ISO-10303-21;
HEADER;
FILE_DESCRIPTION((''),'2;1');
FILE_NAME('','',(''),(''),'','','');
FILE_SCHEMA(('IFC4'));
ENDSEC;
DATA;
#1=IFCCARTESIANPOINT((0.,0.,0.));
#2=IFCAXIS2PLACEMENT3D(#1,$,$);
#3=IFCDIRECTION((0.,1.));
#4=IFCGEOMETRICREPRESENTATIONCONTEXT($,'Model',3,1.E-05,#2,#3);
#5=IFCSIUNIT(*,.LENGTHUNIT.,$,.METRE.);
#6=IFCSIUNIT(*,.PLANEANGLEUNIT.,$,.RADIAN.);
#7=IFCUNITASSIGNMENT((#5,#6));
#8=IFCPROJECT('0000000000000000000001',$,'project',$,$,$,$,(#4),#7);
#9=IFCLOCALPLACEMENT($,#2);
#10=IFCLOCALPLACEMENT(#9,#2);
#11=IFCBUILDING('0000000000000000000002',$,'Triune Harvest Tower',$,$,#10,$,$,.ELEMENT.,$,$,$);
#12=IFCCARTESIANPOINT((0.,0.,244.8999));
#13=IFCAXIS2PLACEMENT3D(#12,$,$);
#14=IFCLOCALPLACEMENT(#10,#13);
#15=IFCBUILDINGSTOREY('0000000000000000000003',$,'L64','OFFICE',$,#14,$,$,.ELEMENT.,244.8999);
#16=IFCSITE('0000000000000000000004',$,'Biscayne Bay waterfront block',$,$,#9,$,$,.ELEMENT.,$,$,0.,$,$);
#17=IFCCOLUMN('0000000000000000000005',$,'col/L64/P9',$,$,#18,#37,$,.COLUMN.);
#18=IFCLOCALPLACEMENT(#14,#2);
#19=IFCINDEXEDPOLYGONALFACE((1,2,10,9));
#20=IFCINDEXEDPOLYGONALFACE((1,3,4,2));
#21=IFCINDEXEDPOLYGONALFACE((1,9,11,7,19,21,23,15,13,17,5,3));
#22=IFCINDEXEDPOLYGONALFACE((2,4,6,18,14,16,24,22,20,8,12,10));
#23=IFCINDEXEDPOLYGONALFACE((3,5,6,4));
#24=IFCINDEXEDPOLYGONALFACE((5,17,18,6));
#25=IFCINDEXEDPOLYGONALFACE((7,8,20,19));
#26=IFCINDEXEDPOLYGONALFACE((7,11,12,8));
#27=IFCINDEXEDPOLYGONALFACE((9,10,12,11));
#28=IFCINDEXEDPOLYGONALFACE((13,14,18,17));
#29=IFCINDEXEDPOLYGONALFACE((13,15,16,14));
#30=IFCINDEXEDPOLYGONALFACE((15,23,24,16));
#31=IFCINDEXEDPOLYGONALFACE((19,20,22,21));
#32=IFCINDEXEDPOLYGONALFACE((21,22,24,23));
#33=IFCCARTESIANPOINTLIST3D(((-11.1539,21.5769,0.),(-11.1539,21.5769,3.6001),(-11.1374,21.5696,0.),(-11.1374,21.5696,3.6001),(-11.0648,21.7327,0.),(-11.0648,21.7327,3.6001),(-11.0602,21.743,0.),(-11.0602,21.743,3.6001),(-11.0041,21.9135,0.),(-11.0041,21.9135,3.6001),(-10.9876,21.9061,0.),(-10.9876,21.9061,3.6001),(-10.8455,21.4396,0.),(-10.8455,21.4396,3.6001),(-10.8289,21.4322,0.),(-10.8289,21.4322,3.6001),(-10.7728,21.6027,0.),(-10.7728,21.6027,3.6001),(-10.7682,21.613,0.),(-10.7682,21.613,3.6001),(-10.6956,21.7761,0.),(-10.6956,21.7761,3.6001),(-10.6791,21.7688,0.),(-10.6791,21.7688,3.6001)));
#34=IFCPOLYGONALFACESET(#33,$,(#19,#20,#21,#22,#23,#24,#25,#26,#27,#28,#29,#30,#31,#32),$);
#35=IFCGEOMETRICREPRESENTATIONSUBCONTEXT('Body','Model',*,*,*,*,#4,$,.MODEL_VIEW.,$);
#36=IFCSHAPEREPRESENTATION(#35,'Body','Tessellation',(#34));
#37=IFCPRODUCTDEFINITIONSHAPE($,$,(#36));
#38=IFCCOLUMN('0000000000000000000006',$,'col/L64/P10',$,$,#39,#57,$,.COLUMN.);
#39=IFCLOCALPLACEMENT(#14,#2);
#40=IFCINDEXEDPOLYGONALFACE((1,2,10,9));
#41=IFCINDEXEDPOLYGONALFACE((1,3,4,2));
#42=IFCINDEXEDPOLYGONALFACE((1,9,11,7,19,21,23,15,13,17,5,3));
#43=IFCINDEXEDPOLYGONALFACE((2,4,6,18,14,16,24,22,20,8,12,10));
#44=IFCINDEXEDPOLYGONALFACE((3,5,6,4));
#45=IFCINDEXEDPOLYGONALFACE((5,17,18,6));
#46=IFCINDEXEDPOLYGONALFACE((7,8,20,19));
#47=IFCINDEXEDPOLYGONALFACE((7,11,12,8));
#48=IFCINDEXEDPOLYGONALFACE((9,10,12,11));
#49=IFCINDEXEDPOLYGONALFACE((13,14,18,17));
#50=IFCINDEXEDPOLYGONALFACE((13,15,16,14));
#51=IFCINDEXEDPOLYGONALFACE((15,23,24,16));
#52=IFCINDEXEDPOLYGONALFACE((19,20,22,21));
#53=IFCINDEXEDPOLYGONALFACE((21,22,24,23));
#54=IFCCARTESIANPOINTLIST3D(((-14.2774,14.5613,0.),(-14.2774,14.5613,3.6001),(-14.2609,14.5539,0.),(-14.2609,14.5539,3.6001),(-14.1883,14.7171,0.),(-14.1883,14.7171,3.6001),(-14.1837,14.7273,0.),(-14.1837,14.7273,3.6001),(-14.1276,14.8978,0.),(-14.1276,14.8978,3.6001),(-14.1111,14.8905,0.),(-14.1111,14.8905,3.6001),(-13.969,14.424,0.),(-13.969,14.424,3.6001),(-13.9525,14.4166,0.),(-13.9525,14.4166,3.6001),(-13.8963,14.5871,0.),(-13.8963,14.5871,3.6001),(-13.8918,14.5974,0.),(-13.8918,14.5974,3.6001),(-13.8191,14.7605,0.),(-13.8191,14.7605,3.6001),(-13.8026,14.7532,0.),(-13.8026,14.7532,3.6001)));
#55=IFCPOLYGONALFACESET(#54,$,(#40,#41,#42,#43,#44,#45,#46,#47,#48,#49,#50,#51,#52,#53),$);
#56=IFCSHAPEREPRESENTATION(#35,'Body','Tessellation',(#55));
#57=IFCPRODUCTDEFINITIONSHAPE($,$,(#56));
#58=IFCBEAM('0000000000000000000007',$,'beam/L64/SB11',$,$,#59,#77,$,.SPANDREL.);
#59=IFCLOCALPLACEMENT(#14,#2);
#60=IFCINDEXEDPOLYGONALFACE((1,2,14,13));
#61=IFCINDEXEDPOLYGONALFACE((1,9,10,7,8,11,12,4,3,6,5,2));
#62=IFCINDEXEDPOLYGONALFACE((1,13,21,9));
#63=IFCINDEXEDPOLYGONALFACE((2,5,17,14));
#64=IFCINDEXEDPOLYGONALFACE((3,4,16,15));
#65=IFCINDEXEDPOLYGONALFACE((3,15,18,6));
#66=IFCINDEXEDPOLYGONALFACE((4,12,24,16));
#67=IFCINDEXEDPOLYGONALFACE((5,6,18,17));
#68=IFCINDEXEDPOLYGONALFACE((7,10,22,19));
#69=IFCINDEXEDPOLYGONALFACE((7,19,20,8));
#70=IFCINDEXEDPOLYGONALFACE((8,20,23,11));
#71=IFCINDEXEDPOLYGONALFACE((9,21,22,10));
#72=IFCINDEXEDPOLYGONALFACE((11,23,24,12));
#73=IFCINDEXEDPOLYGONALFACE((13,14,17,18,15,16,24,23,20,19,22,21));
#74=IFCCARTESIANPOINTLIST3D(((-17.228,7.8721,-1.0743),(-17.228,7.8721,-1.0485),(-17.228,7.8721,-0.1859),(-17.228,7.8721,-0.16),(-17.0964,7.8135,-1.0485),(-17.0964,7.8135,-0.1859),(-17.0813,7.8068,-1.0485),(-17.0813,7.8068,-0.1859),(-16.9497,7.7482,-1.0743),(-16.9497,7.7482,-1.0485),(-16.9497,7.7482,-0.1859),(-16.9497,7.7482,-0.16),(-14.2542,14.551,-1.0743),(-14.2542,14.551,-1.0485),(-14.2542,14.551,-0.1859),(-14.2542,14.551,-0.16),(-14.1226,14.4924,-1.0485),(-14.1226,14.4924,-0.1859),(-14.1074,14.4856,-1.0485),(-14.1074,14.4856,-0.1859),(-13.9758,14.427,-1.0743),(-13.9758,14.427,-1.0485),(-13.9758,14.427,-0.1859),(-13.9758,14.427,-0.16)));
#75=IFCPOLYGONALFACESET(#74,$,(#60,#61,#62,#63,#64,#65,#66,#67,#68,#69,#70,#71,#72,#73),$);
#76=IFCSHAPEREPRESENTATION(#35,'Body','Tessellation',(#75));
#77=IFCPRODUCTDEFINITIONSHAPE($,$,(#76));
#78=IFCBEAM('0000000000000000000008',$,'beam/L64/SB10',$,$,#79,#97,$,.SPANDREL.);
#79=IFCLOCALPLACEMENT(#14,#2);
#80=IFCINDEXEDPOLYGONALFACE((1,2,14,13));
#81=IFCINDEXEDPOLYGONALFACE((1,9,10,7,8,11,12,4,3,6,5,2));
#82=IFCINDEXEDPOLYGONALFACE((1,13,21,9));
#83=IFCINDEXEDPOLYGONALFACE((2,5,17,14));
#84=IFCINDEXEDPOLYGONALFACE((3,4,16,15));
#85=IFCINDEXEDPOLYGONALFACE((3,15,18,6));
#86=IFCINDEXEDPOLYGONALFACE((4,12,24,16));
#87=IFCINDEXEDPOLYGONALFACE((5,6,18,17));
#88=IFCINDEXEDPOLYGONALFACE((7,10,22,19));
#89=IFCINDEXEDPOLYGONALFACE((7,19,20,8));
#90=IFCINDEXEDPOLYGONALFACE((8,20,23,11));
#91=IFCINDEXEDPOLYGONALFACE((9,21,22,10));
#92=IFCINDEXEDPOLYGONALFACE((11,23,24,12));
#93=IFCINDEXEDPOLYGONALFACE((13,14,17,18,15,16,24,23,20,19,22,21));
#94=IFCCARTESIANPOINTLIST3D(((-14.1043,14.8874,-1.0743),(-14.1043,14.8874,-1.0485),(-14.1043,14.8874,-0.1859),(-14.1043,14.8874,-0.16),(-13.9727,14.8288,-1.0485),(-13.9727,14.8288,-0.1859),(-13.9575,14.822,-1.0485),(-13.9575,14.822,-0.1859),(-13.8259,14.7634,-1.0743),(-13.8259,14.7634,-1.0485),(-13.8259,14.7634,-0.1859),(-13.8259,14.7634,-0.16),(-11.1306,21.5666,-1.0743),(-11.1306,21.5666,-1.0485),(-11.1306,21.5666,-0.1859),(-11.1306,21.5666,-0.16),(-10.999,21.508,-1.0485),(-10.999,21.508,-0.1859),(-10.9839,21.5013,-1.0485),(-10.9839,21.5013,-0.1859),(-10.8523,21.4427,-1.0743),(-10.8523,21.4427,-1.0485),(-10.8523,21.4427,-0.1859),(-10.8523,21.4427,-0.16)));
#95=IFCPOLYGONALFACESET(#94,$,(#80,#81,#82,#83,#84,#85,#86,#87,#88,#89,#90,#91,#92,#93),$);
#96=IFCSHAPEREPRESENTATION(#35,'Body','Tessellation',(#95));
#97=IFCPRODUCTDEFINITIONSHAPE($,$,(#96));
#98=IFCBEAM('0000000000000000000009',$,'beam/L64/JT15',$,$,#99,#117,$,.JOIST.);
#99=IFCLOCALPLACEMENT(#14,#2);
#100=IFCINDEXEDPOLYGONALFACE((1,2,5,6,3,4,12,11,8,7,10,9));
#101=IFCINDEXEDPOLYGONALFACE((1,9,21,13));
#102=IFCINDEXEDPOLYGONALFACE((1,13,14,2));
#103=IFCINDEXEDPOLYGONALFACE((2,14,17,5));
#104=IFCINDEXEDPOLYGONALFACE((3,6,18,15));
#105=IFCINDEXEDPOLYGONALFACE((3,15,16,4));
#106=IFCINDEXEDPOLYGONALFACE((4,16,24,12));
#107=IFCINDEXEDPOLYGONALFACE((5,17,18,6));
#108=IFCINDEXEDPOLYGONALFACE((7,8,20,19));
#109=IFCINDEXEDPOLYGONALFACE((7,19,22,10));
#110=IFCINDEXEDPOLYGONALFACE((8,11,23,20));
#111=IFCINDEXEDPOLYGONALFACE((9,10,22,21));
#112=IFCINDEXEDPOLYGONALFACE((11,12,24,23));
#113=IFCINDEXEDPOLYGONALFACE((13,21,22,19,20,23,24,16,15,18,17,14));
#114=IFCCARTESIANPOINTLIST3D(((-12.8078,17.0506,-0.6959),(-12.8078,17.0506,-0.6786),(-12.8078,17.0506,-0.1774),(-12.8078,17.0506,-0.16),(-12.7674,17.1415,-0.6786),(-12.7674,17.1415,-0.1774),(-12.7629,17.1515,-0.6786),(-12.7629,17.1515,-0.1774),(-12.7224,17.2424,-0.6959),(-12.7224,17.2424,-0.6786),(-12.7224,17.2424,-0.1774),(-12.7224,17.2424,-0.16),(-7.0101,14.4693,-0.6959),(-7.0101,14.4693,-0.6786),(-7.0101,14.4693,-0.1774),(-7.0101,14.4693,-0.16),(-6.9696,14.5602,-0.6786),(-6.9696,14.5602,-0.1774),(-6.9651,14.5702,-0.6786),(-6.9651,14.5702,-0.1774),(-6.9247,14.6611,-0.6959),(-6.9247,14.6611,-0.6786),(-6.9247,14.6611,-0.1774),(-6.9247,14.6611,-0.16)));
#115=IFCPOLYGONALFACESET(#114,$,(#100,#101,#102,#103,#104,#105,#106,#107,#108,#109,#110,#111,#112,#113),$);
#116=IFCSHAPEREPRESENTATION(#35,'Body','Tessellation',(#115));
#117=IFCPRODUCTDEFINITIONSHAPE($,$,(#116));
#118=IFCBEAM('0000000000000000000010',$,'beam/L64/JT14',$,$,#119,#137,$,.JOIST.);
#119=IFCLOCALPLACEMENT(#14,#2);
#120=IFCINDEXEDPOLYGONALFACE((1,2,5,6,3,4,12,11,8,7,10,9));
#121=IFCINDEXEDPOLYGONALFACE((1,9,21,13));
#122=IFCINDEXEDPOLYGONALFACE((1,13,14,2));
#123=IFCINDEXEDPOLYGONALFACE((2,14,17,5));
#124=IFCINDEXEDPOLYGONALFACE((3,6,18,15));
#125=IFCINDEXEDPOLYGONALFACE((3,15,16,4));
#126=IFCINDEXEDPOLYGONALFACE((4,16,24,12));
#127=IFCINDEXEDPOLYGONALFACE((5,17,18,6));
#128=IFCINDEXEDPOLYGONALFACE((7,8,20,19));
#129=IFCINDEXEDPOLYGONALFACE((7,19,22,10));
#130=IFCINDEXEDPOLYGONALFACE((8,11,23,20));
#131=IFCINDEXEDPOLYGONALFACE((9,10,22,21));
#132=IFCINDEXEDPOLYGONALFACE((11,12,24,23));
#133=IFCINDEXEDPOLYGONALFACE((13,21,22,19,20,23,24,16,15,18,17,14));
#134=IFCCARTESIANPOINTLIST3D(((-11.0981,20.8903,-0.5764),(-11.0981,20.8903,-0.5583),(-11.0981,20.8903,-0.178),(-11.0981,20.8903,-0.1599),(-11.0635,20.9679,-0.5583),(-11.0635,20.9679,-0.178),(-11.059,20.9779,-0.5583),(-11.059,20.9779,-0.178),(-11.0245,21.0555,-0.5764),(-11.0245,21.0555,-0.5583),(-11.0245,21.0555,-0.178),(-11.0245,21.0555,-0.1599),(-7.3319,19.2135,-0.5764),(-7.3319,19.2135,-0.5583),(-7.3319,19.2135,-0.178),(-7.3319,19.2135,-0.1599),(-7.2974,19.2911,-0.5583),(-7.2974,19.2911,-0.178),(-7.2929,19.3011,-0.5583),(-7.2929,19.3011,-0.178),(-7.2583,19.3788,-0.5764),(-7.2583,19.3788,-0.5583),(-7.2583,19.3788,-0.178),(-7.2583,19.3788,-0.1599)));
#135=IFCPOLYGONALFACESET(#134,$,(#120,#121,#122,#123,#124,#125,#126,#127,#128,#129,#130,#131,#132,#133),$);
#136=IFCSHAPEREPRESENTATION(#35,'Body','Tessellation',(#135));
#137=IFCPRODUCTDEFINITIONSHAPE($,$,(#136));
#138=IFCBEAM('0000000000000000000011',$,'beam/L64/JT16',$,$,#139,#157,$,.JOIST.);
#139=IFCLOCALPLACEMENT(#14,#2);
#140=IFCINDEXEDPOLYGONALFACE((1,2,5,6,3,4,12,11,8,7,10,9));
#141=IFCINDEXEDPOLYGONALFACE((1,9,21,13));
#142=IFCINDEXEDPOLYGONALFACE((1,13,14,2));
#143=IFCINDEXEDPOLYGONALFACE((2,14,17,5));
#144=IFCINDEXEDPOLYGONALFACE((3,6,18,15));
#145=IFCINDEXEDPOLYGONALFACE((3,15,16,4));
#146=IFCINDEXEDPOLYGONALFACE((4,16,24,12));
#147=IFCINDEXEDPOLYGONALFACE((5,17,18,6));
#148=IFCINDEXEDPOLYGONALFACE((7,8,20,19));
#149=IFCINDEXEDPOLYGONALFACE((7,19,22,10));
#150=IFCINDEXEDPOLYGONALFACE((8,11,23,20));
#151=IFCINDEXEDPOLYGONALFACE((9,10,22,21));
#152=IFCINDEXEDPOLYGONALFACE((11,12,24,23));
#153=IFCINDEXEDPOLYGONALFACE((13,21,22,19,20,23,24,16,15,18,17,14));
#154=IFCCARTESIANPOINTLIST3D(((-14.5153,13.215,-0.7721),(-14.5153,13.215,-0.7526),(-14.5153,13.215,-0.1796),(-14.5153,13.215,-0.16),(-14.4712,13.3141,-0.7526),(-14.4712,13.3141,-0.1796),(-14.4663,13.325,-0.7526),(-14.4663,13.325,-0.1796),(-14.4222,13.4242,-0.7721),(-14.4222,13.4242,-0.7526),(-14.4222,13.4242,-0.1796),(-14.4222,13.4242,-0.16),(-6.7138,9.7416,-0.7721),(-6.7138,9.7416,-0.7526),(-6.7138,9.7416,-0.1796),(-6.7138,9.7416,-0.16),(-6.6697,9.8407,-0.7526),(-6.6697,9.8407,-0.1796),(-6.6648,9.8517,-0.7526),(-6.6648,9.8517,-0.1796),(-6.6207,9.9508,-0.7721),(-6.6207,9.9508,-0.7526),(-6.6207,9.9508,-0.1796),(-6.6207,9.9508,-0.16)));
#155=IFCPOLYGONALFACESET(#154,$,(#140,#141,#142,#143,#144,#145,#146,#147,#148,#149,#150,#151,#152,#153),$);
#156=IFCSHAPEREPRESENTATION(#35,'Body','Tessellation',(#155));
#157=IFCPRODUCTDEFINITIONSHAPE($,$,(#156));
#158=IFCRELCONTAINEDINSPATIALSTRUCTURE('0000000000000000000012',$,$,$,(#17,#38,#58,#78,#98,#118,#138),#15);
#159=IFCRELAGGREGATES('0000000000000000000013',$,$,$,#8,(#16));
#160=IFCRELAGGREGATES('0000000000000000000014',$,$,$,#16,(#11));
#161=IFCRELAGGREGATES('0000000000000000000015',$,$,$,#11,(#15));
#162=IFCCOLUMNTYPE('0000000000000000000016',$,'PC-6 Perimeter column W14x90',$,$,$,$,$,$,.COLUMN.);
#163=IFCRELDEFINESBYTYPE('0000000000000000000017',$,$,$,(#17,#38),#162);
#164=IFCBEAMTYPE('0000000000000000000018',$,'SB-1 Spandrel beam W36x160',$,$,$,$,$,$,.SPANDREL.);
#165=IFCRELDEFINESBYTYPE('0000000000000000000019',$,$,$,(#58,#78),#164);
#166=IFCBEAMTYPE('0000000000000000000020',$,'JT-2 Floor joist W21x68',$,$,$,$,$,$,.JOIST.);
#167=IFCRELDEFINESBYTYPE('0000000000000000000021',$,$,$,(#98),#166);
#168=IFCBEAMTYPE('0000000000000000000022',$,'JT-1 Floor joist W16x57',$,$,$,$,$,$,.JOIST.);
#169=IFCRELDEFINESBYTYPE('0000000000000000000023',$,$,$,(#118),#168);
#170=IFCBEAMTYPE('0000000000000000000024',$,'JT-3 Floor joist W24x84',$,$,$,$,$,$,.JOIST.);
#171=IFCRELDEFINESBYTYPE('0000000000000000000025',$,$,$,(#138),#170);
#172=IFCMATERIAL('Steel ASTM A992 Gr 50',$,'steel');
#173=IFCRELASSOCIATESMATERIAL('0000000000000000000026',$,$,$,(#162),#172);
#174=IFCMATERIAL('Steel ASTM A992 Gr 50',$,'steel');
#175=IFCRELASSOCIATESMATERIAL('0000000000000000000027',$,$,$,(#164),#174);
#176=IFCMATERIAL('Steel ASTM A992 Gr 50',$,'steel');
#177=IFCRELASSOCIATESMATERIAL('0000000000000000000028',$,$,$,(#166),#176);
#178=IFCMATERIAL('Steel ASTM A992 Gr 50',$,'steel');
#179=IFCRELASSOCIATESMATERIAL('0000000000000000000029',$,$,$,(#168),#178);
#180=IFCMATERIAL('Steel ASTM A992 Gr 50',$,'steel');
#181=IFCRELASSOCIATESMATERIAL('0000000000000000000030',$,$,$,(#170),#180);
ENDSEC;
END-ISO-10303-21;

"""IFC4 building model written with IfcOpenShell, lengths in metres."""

from ifc_helpers import new_model, si_unit, direction, frame, origin, origin_2d, place, context, subcontext, project, spatial, i_section, extrude, source, transform, mapped, material, material_profile, profile_set, type_object, element, save


model = new_model("IFC4")

# Units and contexts
model_context = context("Model", 3, precision=1e-05, world=origin(), true_north=direction((0.0, 1.0)))
body_context = subcontext(model_context, "Body", "Model", "MODEL_VIEW")
ifc_project = project(units=[si_unit("LENGTHUNIT", "METRE"), si_unit("PLANEANGLEUNIT", "RADIAN")], contexts=[model_context])

# Site, building, storey
site_placement = place(None, origin())
site = spatial("IfcSite", under=ifc_project, at=site_placement, Name="Biscayne Bay waterfront block", CompositionType="ELEMENT", RefElevation=0.0)
building_placement = place(site_placement, origin())
building = spatial("IfcBuilding", under=site, at=building_placement, Name="Triune Harvest Tower", CompositionType="ELEMENT")
storey_placement = place(building_placement, frame((0.0, 0.0, 244.8999)))
storey = spatial("IfcBuildingStorey", under=building, at=storey_placement, Name="L64", Description="OFFICE", CompositionType="ELEMENT", Elevation=244.8999)

# Columns
ifc_material_1 = material(Name="Steel ASTM A992 Gr 50", Category="steel")
ifc_material_profile_1 = material_profile(ifc_material_1, i_section(OverallWidth=0.3684, OverallDepth=0.3557, WebThickness=0.0112, FlangeThickness=0.0181, at=origin_2d()), Name="W14x90")
ifc_profile_set_1 = profile_set([ifc_material_profile_1], Name="Steel ASTM A992 Gr 50")
column_type = type_object("IfcColumnType", Name="PC-6 Perimeter column W14x90", PredefinedType="COLUMN", material=ifc_profile_set_1)
shared_shape_1 = source(origin(), body_context, "Body", "SweptSolid", [
    extrude(i_section(OverallWidth=0.3684, OverallDepth=0.3557, WebThickness=0.0112, FlangeThickness=0.0181, at=origin_2d()), origin(), (0.0, 0.0, 1.0), 3.6001),
])
for number, where, z_axis, x_axis, name in (
    (1, (-10.9165, 21.6729, 0.0), (0.0, 0.0, 1.0), (-0.406738, -0.913545, 0.0), "col/L64/P9"),
    (2, (-14.04, 14.6572, 0.0), (0.0, 0.0, 1.0), (-0.406738, -0.913545, 0.0), "col/L64/P10"),
):
    element("IfcColumn", number, at=place(storey_placement, frame(where, z_axis=z_axis, x_axis=x_axis)), inside=storey, type_object=column_type, Name=name, PredefinedType="COLUMN", context=body_context, shape_type="MappedRepresentation", body=[
        mapped(shared_shape_1, transform((0.0, 0.0, 0.0), scale=1.0)),
    ])

# Beams
ifc_material_2 = material(Name="Steel ASTM A992 Gr 50", Category="steel")
ifc_material_profile_2 = material_profile(ifc_material_2, i_section(OverallWidth=0.3047, OverallDepth=0.9143, WebThickness=0.0166, FlangeThickness=0.0259, at=origin_2d()), Name="W36x160")
ifc_profile_set_2 = profile_set([ifc_material_profile_2], Name="Steel ASTM A992 Gr 50")
beam_type_1 = type_object("IfcBeamType", Name="SB-1 Spandrel beam W36x160", PredefinedType="SPANDREL", material=ifc_profile_set_2)
shared_shape_2 = source(origin(), body_context, "Body", "SweptSolid", [
    extrude(i_section(OverallWidth=0.3047, OverallDepth=0.9143, WebThickness=0.0166, FlangeThickness=0.0259, at=origin_2d()), origin(), (0.0, 0.0, 1.0), 7.311),
])
beam_1_placement = place(storey_placement, frame((-14.115, 14.489, -0.6172), z_axis=(-0.406761, -0.913535, 0.0), x_axis=(0.913535, -0.406761, 0.0)))
element("IfcBeam", 3, at=beam_1_placement, inside=storey, type_object=beam_type_1, Name="beam/L64/SB11", PredefinedType="SPANDREL", context=body_context, shape_type="MappedRepresentation", body=[
    mapped(shared_shape_2, transform((0.0, 0.0, 0.0), scale=1.0)),
])
shared_shape_3 = source(origin(), body_context, "Body", "SweptSolid", [
    extrude(i_section(OverallWidth=0.3047, OverallDepth=0.9143, WebThickness=0.0166, FlangeThickness=0.0259, at=origin_2d()), origin(), (0.0, 0.0, 1.0), 7.3113),
])
beam_2_placement = place(storey_placement, frame((-10.9915, 21.5046, -0.6172), z_axis=(-0.406721, -0.913552, 0.0), x_axis=(0.913552, -0.406721, 0.0)))
element("IfcBeam", 4, at=beam_2_placement, inside=storey, type_object=beam_type_1, Name="beam/L64/SB10", PredefinedType="SPANDREL", context=body_context, shape_type="MappedRepresentation", body=[
    mapped(shared_shape_3, transform((0.0, 0.0, 0.0), scale=1.0)),
])
ifc_material_3 = material(Name="Steel ASTM A992 Gr 50", Category="steel")
ifc_material_profile_3 = material_profile(ifc_material_3, i_section(OverallWidth=0.21, OverallDepth=0.5359, WebThickness=0.011, FlangeThickness=0.0173, at=origin_2d()), Name="W21x68")
ifc_profile_set_3 = profile_set([ifc_material_profile_3], Name="Steel ASTM A992 Gr 50")
beam_type_2 = type_object("IfcBeamType", Name="JT-2 Floor joist W21x68", PredefinedType="JOIST", material=ifc_profile_set_3)
shared_shape_4 = source(origin(), body_context, "Body", "SweptSolid", [
    extrude(i_section(OverallWidth=0.21, OverallDepth=0.5359, WebThickness=0.011, FlangeThickness=0.0173, at=origin_2d()), origin(), (0.0, 0.0, 1.0), 6.3464),
])
beam_3_placement = place(storey_placement, frame((-12.7651, 17.1465, -0.428), z_axis=(0.91355, -0.406727, 0.0), x_axis=(0.406727, 0.91355, 0.0)))
element("IfcBeam", 5, at=beam_3_placement, inside=storey, type_object=beam_type_2, Name="beam/L64/JT15", PredefinedType="JOIST", context=body_context, shape_type="MappedRepresentation", body=[
    mapped(shared_shape_4, transform((0.0, 0.0, 0.0), scale=1.0)),
])
ifc_material_4 = material(Name="Steel ASTM A992 Gr 50", Category="steel")
ifc_material_profile_4 = material_profile(ifc_material_4, i_section(OverallWidth=0.1809, OverallDepth=0.4165, WebThickness=0.011, FlangeThickness=0.0181, at=origin_2d()), Name="W16x57")
ifc_profile_set_4 = profile_set([ifc_material_profile_4], Name="Steel ASTM A992 Gr 50")
beam_type_3 = type_object("IfcBeamType", Name="JT-1 Floor joist W16x57", PredefinedType="JOIST", material=ifc_profile_set_4)
shared_shape_5 = source(origin(), body_context, "Body", "SweptSolid", [
    extrude(i_section(OverallWidth=0.1809, OverallDepth=0.4165, WebThickness=0.011, FlangeThickness=0.0181, at=origin_2d()), origin(), (0.0, 0.0, 1.0), 4.1226),
])
beam_4_placement = place(storey_placement, frame((-11.0613, 20.9729, -0.3682), z_axis=(0.913548, -0.406732, 0.0), x_axis=(0.406732, 0.913548, 0.0)))
element("IfcBeam", 6, at=beam_4_placement, inside=storey, type_object=beam_type_3, Name="beam/L64/JT14", PredefinedType="JOIST", context=body_context, shape_type="MappedRepresentation", body=[
    mapped(shared_shape_5, transform((0.0, 0.0, 0.0), scale=1.0)),
])
ifc_material_5 = material(Name="Steel ASTM A992 Gr 50", Category="steel")
ifc_material_profile_5 = material_profile(ifc_material_5, i_section(OverallWidth=0.229, OverallDepth=0.6121, WebThickness=0.012, FlangeThickness=0.0195, at=origin_2d()), Name="W24x84")
ifc_profile_set_5 = profile_set([ifc_material_profile_5], Name="Steel ASTM A992 Gr 50")
beam_type_4 = type_object("IfcBeamType", Name="JT-3 Floor joist W24x84", PredefinedType="JOIST", material=ifc_profile_set_5)
shared_shape_6 = source(origin(), body_context, "Body", "SweptSolid", [
    extrude(i_section(OverallWidth=0.229, OverallDepth=0.6121, WebThickness=0.012, FlangeThickness=0.0195, at=origin_2d()), origin(), (0.0, 0.0, 1.0), 8.5398),
])
beam_5_placement = place(storey_placement, frame((-14.4688, 13.3196, -0.4661), z_axis=(0.913548, -0.40673, 0.0), x_axis=(0.40673, 0.913548, 0.0)))
element("IfcBeam", 7, at=beam_5_placement, inside=storey, type_object=beam_type_4, Name="beam/L64/JT16", PredefinedType="JOIST", context=body_context, shape_type="MappedRepresentation", body=[
    mapped(shared_shape_6, transform((0.0, 0.0, 0.0), scale=1.0)),
])

save(model, "model.ifc")
